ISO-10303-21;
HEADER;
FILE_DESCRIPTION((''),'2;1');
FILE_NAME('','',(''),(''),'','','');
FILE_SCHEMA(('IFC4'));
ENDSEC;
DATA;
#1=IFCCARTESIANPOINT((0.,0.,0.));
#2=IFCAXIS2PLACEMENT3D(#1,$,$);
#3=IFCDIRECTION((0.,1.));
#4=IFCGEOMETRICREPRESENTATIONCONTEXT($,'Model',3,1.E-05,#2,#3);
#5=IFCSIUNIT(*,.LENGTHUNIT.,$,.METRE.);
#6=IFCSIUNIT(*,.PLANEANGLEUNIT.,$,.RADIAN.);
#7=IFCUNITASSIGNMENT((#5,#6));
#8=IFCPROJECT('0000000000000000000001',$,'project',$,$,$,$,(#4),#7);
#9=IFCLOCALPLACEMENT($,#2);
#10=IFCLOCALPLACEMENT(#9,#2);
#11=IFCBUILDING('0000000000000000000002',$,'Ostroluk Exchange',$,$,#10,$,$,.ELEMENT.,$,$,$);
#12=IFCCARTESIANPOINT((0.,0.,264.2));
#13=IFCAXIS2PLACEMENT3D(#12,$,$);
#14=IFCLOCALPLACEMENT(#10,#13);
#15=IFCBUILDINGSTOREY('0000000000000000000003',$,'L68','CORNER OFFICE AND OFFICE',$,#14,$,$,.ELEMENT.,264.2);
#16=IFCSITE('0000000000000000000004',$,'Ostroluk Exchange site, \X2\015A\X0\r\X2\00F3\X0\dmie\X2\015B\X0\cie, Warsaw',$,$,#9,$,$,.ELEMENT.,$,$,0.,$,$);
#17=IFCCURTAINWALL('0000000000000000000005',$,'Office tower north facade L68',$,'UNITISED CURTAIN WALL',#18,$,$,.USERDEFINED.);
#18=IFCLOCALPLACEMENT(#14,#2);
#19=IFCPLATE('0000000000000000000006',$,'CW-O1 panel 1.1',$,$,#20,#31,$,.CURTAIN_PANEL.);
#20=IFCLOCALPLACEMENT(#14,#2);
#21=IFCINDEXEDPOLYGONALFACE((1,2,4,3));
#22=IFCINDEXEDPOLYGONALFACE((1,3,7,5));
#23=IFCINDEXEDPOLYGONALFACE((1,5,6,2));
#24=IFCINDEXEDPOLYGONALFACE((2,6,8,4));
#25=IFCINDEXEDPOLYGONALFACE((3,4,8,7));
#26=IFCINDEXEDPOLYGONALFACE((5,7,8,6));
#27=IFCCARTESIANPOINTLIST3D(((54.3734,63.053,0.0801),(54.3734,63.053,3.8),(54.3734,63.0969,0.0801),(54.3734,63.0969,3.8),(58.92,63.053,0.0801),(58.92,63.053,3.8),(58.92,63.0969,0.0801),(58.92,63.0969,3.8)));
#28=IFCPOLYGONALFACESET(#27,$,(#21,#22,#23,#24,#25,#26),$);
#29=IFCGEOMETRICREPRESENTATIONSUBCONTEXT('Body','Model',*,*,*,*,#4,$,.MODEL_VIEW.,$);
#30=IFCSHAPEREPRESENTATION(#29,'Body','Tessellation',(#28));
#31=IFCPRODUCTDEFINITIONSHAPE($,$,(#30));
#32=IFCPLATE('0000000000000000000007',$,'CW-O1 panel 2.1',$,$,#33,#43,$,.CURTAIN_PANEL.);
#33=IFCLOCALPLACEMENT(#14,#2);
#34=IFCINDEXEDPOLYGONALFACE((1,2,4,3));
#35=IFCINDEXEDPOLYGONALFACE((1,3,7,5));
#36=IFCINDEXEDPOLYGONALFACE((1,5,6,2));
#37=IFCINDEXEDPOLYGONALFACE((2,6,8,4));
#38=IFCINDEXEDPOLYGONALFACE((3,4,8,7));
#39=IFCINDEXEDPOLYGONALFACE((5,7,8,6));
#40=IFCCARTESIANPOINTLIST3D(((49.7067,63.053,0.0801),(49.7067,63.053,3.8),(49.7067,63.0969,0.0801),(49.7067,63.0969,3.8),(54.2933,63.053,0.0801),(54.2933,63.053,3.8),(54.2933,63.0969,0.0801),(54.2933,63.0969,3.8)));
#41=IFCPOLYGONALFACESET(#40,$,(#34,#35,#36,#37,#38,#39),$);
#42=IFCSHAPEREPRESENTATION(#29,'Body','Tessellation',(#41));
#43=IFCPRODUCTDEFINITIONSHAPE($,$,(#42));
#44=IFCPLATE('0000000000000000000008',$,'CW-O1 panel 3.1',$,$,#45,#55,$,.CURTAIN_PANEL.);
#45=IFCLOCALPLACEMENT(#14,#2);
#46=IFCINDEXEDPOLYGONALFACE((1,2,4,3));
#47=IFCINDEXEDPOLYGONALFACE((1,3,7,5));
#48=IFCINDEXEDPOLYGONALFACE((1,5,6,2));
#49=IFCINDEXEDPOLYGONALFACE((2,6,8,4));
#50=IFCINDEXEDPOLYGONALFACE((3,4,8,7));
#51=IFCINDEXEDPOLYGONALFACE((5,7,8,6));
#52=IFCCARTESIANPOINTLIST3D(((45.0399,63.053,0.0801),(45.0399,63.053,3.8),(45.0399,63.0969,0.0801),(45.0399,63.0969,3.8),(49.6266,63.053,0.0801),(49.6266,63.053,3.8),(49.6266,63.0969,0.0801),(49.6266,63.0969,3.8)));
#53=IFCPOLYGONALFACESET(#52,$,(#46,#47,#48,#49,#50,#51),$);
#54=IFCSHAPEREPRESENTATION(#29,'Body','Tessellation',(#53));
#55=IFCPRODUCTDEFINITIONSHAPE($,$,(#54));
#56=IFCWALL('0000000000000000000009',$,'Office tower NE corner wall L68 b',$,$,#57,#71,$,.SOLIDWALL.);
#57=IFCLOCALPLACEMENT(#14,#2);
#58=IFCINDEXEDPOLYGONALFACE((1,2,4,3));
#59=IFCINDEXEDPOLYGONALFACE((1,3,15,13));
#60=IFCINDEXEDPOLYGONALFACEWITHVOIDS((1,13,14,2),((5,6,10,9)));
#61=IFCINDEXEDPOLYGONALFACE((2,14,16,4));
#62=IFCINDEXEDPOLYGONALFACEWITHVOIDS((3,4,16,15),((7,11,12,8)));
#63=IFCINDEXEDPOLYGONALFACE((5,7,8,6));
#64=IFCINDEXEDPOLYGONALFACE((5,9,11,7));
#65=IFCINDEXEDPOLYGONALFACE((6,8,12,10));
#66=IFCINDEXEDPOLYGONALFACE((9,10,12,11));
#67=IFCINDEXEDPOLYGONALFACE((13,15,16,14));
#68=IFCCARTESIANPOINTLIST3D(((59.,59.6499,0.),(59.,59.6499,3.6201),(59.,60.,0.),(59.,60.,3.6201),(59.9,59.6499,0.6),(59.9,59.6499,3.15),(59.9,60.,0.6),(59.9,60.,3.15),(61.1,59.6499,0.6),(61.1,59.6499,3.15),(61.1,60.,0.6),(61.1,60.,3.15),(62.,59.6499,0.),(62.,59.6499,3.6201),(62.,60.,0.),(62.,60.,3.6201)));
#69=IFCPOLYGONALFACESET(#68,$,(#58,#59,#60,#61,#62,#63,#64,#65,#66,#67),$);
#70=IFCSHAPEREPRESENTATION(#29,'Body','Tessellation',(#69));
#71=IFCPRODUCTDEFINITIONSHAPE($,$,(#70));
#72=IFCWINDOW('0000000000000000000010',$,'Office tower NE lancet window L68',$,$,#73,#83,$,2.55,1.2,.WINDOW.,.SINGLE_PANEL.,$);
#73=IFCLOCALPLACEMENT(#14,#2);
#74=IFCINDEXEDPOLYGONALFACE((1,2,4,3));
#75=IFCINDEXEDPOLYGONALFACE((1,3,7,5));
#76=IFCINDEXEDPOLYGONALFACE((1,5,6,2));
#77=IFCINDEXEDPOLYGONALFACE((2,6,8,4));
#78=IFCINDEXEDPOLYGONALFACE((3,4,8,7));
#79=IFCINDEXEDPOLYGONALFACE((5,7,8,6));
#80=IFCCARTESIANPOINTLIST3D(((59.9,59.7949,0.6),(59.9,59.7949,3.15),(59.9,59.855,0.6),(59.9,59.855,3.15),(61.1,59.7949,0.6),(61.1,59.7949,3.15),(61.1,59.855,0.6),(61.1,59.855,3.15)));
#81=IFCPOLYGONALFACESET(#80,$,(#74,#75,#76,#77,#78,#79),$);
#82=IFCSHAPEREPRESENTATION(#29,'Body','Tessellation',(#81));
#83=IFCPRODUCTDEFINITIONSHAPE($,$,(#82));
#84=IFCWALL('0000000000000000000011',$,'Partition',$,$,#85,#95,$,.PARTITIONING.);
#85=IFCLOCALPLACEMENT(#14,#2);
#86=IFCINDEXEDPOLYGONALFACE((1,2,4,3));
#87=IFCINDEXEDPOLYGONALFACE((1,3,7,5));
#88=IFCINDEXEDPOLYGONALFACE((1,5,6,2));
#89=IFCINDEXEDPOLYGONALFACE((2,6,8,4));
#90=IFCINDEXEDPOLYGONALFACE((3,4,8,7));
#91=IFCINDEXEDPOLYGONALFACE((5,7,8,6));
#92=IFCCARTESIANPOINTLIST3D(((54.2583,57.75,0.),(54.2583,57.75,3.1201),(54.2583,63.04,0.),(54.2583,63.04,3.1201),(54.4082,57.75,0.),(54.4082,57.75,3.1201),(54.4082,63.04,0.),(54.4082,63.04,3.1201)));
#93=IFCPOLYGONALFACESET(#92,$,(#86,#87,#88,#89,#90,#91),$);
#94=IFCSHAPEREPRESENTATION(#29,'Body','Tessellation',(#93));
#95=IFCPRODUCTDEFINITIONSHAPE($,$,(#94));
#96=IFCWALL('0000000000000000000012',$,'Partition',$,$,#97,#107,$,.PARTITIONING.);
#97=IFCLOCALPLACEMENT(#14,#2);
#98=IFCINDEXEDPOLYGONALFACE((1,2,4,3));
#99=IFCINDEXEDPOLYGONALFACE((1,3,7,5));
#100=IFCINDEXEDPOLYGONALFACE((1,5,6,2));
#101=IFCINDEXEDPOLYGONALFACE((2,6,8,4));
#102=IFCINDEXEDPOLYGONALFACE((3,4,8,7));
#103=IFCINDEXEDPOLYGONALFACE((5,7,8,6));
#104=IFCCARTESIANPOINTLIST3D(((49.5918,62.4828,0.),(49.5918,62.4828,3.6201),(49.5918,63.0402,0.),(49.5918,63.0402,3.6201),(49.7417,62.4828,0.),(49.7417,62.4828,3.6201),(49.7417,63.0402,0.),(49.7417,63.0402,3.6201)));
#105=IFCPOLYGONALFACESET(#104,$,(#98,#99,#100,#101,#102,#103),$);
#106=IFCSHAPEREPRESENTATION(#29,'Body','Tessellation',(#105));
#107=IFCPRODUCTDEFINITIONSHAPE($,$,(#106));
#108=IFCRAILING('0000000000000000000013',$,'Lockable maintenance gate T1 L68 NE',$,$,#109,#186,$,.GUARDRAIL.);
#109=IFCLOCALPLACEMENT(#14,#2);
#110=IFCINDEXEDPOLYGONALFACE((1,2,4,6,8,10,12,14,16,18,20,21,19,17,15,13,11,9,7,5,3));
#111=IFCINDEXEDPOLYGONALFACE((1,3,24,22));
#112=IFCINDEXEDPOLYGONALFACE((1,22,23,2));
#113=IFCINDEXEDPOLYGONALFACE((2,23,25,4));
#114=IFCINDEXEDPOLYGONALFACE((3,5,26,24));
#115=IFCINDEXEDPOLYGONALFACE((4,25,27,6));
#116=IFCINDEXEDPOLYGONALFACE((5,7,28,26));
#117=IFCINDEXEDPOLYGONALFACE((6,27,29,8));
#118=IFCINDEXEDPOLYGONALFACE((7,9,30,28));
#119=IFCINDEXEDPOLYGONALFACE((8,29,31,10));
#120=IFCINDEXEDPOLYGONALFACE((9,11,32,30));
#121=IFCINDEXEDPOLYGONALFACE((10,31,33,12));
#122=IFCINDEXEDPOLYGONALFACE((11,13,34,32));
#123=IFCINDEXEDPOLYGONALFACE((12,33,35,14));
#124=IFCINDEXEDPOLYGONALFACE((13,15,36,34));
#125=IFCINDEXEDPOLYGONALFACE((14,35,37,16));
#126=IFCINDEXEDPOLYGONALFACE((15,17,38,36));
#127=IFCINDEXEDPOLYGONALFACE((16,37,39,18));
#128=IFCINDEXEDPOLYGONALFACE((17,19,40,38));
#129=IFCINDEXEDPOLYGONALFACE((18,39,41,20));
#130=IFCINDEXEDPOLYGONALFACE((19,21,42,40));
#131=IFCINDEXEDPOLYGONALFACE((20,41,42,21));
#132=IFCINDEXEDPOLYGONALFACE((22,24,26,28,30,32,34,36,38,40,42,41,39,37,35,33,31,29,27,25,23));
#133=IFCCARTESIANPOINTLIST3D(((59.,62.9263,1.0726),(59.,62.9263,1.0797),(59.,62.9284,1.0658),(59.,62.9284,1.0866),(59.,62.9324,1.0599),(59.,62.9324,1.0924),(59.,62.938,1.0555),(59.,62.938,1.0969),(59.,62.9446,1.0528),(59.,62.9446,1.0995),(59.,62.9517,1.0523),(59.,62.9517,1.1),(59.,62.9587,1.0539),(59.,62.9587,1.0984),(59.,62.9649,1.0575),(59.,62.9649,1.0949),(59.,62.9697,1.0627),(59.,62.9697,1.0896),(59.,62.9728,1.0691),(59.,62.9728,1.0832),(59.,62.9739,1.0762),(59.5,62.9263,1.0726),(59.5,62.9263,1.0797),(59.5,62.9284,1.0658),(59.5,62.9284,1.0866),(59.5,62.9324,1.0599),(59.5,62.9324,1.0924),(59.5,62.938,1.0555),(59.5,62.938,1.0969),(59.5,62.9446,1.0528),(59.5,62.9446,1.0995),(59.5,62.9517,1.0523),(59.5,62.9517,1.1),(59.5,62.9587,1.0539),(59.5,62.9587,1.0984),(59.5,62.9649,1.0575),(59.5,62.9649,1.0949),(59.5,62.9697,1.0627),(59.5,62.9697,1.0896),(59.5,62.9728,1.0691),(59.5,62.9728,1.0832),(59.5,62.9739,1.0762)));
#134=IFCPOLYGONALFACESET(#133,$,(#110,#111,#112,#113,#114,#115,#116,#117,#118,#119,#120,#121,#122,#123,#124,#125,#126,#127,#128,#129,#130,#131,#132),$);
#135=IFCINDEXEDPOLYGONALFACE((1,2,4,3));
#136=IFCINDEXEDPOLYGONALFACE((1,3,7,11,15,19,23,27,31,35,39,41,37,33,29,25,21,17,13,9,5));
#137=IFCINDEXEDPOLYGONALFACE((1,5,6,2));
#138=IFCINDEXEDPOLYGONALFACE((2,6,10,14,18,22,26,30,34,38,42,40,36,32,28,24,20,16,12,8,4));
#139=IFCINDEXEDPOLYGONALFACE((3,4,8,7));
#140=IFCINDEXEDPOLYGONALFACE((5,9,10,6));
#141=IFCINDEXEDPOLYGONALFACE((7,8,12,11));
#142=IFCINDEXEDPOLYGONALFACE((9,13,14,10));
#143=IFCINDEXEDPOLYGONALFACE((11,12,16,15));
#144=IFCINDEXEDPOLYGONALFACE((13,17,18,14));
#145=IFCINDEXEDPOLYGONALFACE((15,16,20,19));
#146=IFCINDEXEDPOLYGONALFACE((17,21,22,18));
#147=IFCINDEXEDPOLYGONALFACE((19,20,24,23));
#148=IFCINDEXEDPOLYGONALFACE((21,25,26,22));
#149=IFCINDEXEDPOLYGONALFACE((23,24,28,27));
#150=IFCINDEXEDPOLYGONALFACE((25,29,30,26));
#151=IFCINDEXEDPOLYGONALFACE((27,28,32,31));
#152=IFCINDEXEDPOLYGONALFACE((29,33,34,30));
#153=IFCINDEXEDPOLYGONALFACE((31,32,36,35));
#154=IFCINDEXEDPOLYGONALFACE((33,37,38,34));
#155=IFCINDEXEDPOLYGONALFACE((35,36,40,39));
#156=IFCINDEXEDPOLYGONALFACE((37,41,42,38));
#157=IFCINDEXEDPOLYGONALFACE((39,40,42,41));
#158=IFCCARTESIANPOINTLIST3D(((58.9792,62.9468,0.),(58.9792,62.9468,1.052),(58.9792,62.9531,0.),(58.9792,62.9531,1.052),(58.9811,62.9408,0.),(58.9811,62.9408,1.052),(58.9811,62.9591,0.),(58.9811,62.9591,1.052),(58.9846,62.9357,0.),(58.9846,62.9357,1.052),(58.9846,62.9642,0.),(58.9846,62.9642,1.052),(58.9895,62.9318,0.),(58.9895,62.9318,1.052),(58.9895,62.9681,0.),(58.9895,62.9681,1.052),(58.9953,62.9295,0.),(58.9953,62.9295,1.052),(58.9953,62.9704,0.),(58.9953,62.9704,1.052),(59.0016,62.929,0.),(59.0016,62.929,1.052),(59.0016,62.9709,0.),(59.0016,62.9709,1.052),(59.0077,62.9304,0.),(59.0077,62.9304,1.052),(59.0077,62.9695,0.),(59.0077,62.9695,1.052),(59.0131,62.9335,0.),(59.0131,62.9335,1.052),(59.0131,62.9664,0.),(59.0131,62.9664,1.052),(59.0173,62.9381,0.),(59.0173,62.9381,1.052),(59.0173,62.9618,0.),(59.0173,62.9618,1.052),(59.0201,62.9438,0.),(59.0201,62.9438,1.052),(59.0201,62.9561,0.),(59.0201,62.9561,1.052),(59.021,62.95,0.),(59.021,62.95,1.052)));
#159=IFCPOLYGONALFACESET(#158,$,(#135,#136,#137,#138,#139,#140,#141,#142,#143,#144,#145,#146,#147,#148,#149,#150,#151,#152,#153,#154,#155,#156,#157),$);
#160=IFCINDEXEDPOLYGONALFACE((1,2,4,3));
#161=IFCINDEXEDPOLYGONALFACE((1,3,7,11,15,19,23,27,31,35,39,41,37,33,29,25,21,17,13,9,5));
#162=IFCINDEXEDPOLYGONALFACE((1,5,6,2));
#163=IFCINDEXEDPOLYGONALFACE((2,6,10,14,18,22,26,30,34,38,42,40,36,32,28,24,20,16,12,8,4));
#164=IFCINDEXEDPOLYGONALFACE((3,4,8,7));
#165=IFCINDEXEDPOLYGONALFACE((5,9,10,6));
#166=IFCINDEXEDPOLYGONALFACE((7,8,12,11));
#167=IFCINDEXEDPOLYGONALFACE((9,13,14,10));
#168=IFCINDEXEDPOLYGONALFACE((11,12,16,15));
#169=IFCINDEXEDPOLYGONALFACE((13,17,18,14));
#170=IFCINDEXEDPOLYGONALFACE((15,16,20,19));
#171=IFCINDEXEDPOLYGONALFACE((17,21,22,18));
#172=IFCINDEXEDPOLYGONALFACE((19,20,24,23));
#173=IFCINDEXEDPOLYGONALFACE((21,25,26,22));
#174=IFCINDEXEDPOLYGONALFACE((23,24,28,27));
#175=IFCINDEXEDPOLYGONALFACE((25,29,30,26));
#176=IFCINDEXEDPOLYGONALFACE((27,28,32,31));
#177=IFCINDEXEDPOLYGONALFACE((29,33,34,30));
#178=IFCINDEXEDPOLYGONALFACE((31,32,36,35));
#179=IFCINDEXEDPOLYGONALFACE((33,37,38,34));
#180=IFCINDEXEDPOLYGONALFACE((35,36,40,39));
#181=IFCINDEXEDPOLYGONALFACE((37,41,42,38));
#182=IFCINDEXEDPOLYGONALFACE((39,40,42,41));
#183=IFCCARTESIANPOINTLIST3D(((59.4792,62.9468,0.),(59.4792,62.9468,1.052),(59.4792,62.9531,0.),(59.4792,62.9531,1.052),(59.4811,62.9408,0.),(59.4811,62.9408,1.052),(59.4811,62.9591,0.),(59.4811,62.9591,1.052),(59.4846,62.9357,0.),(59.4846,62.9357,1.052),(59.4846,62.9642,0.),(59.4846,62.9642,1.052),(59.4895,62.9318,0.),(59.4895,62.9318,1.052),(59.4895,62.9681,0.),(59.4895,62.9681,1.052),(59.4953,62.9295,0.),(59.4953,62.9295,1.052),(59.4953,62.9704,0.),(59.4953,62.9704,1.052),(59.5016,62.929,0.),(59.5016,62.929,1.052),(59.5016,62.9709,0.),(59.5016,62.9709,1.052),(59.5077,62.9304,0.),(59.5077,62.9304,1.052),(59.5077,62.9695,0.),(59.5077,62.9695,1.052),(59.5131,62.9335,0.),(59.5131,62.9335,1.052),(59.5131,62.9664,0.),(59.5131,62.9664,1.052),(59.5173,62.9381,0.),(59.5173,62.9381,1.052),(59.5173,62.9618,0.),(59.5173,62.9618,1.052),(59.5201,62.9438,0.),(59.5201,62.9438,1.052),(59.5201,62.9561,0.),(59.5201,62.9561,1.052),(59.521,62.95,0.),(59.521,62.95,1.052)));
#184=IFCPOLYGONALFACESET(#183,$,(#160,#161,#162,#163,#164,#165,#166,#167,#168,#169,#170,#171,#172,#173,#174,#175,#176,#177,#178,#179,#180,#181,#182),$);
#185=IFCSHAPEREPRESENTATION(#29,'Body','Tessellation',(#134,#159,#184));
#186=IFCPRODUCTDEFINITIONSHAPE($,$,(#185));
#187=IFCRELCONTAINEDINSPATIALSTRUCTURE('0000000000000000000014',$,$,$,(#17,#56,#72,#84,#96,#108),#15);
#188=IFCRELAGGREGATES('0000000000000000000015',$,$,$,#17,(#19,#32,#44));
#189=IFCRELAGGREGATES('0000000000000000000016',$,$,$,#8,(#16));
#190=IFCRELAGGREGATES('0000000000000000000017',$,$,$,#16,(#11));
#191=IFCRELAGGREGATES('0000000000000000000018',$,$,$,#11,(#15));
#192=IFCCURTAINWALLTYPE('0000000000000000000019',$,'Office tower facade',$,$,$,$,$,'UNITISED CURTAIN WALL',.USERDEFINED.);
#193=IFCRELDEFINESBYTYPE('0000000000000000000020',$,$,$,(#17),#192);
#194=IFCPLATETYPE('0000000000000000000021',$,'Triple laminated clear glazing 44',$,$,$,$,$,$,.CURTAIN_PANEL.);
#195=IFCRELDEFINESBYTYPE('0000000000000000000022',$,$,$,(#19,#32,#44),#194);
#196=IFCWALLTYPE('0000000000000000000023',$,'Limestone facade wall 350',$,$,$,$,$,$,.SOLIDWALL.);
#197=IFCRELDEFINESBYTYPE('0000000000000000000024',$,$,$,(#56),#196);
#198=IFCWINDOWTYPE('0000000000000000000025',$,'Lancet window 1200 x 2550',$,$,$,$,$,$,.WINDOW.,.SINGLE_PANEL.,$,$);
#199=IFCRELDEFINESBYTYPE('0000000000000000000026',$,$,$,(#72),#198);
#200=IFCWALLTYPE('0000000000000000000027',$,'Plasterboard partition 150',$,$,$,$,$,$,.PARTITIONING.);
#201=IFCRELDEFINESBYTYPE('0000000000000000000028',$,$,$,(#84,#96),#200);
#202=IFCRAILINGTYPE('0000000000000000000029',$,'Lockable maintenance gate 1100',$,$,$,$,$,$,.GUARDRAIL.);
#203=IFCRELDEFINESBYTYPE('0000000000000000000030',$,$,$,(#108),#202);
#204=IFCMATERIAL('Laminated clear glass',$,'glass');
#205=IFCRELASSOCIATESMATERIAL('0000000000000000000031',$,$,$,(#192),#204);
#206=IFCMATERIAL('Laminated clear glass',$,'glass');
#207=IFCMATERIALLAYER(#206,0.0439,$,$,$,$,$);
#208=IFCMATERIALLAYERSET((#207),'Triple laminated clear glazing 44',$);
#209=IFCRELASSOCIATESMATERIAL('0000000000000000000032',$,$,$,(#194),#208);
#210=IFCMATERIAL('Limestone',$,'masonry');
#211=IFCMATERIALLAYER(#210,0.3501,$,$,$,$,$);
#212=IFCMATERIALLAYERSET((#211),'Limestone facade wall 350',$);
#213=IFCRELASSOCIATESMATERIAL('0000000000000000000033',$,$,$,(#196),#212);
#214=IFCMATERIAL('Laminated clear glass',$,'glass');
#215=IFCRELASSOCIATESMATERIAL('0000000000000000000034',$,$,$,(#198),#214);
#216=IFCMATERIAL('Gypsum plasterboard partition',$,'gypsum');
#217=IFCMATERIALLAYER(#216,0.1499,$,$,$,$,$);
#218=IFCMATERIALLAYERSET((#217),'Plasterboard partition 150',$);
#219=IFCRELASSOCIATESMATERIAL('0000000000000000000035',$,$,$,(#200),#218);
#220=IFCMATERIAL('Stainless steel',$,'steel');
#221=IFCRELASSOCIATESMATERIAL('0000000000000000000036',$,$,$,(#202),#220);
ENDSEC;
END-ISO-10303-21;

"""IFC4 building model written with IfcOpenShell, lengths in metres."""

from ifc_helpers import new_model, si_unit, direction, frame, frame_2d, origin, origin_2d, place, context, subcontext, project, spatial, rectangle, circle, extrude, material, layer, layer_set, type_object, element, fill, aggregate, save


model = new_model("IFC4")

# Units and contexts
model_context = context("Model", 3, precision=1e-05, world=origin(), true_north=direction((0.0, 1.0)))
body_context = subcontext(model_context, "Body", "Model", "MODEL_VIEW")
ifc_project = project(units=[si_unit("LENGTHUNIT", "METRE"), si_unit("PLANEANGLEUNIT", "RADIAN")], contexts=[model_context])

# Site, building, storey
site_placement = place(None, origin())
site = spatial("IfcSite", under=ifc_project, at=site_placement, Name="Ostroluk Exchange site, Śródmieście, Warsaw", CompositionType="ELEMENT", RefElevation=0.0)
building_placement = place(site_placement, origin())
building = spatial("IfcBuilding", under=site, at=building_placement, Name="Ostroluk Exchange", CompositionType="ELEMENT")
storey_placement = place(building_placement, frame((0.0, 0.0, 264.2)))
storey = spatial("IfcBuildingStorey", under=building, at=storey_placement, Name="L68", Description="CORNER OFFICE AND OFFICE", CompositionType="ELEMENT", Elevation=264.2)

# Curtain wall
ifc_material_1 = material(Name="Laminated clear glass", Category="glass")
curtain_wall_type = type_object("IfcCurtainWallType", Name="Office tower facade", ElementType="UNITISED CURTAIN WALL", PredefinedType="USERDEFINED", material=ifc_material_1)
curtain_wall_1_placement = place(storey_placement, origin())
curtain_wall_1 = element("IfcCurtainWall", 1, at=curtain_wall_1_placement, inside=storey, type_object=curtain_wall_type, Name="Office tower north facade L68", ObjectType="UNITISED CURTAIN WALL", PredefinedType="USERDEFINED")

# Plates
ifc_material_2 = material(Name="Laminated clear glass", Category="glass")
ifc_layer_1 = layer(ifc_material_2, 0.0439)
ifc_layer_set_1 = layer_set([ifc_layer_1], Name="Triple laminated clear glazing 44")
plate_type_1 = type_object("IfcPlateType", Name="Triple laminated clear glazing 44", PredefinedType="CURTAIN_PANEL", material=ifc_layer_set_1)
plate_1_placement = place(storey_placement, frame((56.6467, 63.075, 0.0801), z_axis=(0.0, 0.0, 1.0), x_axis=(-1.0, 0.0, 0.0)))
plate_1 = element("IfcPlate", 2, at=plate_1_placement, type_object=plate_type_1, Name="CW-O1 panel 1.1", PredefinedType="CURTAIN_PANEL", context=body_context, shape_type="SweptSolid", body=[
    extrude(rectangle(XDim=4.5466, YDim=0.0439, at=origin_2d()), origin(), (0.0, 0.0, 1.0), 3.72),
])
plate_2_placement = place(storey_placement, frame((52.0, 63.075, 0.0801), z_axis=(0.0, 0.0, 1.0), x_axis=(-1.0, 0.0, 0.0)))
plate_2 = element("IfcPlate", 3, at=plate_2_placement, type_object=plate_type_1, Name="CW-O1 panel 2.1", PredefinedType="CURTAIN_PANEL", context=body_context, shape_type="SweptSolid", body=[
    extrude(rectangle(XDim=4.5867, YDim=0.0439, at=origin_2d()), origin(), (0.0, 0.0, 1.0), 3.72),
])
plate_3_placement = place(storey_placement, frame((47.3333, 63.075, 0.0801), z_axis=(0.0, 0.0, 1.0), x_axis=(-1.0, 0.0, 0.0)))
plate_3 = element("IfcPlate", 4, at=plate_3_placement, type_object=plate_type_1, Name="CW-O1 panel 3.1", PredefinedType="CURTAIN_PANEL", context=body_context, shape_type="SweptSolid", body=[
    extrude(rectangle(XDim=4.5867, YDim=0.0439, at=origin_2d()), origin(), (0.0, 0.0, 1.0), 3.72),
])
aggregate(curtain_wall_1, [plate_1, plate_2, plate_3])

# Shared definitions
ifc_material_3 = material(Name="Limestone", Category="masonry")
ifc_layer_2 = layer(ifc_material_3, 0.3501)
ifc_layer_set_2 = layer_set([ifc_layer_2], Name="Limestone facade wall 350")
wall_type_1 = type_object("IfcWallType", Name="Limestone facade wall 350", PredefinedType="SOLIDWALL", material=ifc_layer_set_2)

# Wall, opening, window
wall_1_placement = place(storey_placement, frame((59.0, 59.825, 0.0), z_axis=(0.0, 0.0, 1.0), x_axis=(1.0, 0.0, 0.0)))
wall_1 = element("IfcWall", 5, at=wall_1_placement, inside=storey, type_object=wall_type_1, Name="Office tower NE corner wall L68 b", PredefinedType="SOLIDWALL", context=body_context, shape_type="SweptSolid", body=[
    extrude(rectangle(XDim=3.0, YDim=0.3501, at=frame_2d((1.5, 0.0))), origin(), (0.0, 0.0, 1.0), 3.6201),
])
opening_1_placement = place(wall_1_placement, frame((0.8999, 0.0, 0.6001)))
opening_1 = element("IfcOpeningElement", 6, at=opening_1_placement, cuts=wall_1, PredefinedType="OPENING", context=body_context, shape_type="SweptSolid", body=[
    extrude(rectangle(XDim=1.2, YDim=2.55, at=frame_2d((0.6001, 1.2749))), frame((0.0, 0.1851, 0.0), z_axis=(0.0, -1.0, 0.0), x_axis=(1.0, 0.0, 0.0)), (0.0, 0.0, 1.0), 0.3701),
])
ifc_material_4 = material(Name="Laminated clear glass", Category="glass")
window_type = type_object("IfcWindowType", Name="Lancet window 1200 x 2550", PartitioningType="SINGLE_PANEL", PredefinedType="WINDOW", material=ifc_material_4)
window_placement = place(opening_1_placement, origin())
window = element("IfcWindow", 7, at=window_placement, inside=storey, type_object=window_type, Name="Office tower NE lancet window L68", OverallHeight=2.55, OverallWidth=1.2, PartitioningType="SINGLE_PANEL", PredefinedType="WINDOW", context=body_context, shape_type="SweptSolid", body=[
    extrude(rectangle(XDim=1.2, YDim=2.55, at=frame_2d((0.6001, 1.2749))), frame((0.0, 0.03, 0.0), z_axis=(0.0, -1.0, 0.0), x_axis=(1.0, 0.0, 0.0)), (0.0, 0.0, 1.0), 0.0601),
])
fill(opening_1, window)

# Walls
ifc_material_5 = material(Name="Gypsum plasterboard partition", Category="gypsum")
ifc_layer_3 = layer(ifc_material_5, 0.1499)
ifc_layer_set_3 = layer_set([ifc_layer_3], Name="Plasterboard partition 150")
wall_type_2 = type_object("IfcWallType", Name="Plasterboard partition 150", PredefinedType="PARTITIONING", material=ifc_layer_set_3)
wall_2_placement = place(storey_placement, frame((54.3333, 57.75, 0.0), z_axis=(0.0, 0.0, 1.0), x_axis=(0.0, 1.0, 0.0)))
element("IfcWall", 8, at=wall_2_placement, inside=storey, type_object=wall_type_2, Name="Partition", PredefinedType="PARTITIONING", context=body_context, shape_type="SweptSolid", body=[
    extrude(rectangle(XDim=5.29, YDim=0.1499, at=frame_2d((2.645, 0.0))), origin(), (0.0, 0.0, 1.0), 3.1201),
])
wall_3_placement = place(storey_placement, frame((49.6667, 62.4827, 0.0), z_axis=(0.0, 0.0, 1.0), x_axis=(0.0, 1.0, 0.0)))
element("IfcWall", 9, at=wall_3_placement, inside=storey, type_object=wall_type_2, Name="Partition", PredefinedType="PARTITIONING", context=body_context, shape_type="SweptSolid", body=[
    extrude(rectangle(XDim=0.5574, YDim=0.1499, at=frame_2d((0.2788, 0.0))), origin(), (0.0, 0.0, 1.0), 3.6201),
])

# Railing
ifc_material_6 = material(Name="Stainless steel", Category="steel")
railing_type_1 = type_object("IfcRailingType", Name="Lockable maintenance gate 1100", PredefinedType="GUARDRAIL", material=ifc_material_6)
railing_1_placement = place(storey_placement, frame((59.0, 62.95, 0.0)))
element("IfcRailing", 10, at=railing_1_placement, inside=storey, type_object=railing_type_1, Name="Lockable maintenance gate T1 L68 NE", PredefinedType="GUARDRAIL", context=body_context, shape_type="SweptSolid", body=[
    extrude(circle(Radius=0.0239, at=origin_2d()), frame((0.0, 0.0, 1.0762), z_axis=(1.0, 0.0, 0.0), x_axis=(0.0, 1.0, 0.0)), (0.0, 0.0, 1.0), 0.5),
    extrude(circle(Radius=0.021, at=origin_2d()), origin(), (0.0, 0.0, 1.0), 1.052),
    extrude(circle(Radius=0.021, at=origin_2d()), frame((0.5, 0.0, 0.0)), (0.0, 0.0, 1.0), 1.052),
])

save(model, "model.ifc")
